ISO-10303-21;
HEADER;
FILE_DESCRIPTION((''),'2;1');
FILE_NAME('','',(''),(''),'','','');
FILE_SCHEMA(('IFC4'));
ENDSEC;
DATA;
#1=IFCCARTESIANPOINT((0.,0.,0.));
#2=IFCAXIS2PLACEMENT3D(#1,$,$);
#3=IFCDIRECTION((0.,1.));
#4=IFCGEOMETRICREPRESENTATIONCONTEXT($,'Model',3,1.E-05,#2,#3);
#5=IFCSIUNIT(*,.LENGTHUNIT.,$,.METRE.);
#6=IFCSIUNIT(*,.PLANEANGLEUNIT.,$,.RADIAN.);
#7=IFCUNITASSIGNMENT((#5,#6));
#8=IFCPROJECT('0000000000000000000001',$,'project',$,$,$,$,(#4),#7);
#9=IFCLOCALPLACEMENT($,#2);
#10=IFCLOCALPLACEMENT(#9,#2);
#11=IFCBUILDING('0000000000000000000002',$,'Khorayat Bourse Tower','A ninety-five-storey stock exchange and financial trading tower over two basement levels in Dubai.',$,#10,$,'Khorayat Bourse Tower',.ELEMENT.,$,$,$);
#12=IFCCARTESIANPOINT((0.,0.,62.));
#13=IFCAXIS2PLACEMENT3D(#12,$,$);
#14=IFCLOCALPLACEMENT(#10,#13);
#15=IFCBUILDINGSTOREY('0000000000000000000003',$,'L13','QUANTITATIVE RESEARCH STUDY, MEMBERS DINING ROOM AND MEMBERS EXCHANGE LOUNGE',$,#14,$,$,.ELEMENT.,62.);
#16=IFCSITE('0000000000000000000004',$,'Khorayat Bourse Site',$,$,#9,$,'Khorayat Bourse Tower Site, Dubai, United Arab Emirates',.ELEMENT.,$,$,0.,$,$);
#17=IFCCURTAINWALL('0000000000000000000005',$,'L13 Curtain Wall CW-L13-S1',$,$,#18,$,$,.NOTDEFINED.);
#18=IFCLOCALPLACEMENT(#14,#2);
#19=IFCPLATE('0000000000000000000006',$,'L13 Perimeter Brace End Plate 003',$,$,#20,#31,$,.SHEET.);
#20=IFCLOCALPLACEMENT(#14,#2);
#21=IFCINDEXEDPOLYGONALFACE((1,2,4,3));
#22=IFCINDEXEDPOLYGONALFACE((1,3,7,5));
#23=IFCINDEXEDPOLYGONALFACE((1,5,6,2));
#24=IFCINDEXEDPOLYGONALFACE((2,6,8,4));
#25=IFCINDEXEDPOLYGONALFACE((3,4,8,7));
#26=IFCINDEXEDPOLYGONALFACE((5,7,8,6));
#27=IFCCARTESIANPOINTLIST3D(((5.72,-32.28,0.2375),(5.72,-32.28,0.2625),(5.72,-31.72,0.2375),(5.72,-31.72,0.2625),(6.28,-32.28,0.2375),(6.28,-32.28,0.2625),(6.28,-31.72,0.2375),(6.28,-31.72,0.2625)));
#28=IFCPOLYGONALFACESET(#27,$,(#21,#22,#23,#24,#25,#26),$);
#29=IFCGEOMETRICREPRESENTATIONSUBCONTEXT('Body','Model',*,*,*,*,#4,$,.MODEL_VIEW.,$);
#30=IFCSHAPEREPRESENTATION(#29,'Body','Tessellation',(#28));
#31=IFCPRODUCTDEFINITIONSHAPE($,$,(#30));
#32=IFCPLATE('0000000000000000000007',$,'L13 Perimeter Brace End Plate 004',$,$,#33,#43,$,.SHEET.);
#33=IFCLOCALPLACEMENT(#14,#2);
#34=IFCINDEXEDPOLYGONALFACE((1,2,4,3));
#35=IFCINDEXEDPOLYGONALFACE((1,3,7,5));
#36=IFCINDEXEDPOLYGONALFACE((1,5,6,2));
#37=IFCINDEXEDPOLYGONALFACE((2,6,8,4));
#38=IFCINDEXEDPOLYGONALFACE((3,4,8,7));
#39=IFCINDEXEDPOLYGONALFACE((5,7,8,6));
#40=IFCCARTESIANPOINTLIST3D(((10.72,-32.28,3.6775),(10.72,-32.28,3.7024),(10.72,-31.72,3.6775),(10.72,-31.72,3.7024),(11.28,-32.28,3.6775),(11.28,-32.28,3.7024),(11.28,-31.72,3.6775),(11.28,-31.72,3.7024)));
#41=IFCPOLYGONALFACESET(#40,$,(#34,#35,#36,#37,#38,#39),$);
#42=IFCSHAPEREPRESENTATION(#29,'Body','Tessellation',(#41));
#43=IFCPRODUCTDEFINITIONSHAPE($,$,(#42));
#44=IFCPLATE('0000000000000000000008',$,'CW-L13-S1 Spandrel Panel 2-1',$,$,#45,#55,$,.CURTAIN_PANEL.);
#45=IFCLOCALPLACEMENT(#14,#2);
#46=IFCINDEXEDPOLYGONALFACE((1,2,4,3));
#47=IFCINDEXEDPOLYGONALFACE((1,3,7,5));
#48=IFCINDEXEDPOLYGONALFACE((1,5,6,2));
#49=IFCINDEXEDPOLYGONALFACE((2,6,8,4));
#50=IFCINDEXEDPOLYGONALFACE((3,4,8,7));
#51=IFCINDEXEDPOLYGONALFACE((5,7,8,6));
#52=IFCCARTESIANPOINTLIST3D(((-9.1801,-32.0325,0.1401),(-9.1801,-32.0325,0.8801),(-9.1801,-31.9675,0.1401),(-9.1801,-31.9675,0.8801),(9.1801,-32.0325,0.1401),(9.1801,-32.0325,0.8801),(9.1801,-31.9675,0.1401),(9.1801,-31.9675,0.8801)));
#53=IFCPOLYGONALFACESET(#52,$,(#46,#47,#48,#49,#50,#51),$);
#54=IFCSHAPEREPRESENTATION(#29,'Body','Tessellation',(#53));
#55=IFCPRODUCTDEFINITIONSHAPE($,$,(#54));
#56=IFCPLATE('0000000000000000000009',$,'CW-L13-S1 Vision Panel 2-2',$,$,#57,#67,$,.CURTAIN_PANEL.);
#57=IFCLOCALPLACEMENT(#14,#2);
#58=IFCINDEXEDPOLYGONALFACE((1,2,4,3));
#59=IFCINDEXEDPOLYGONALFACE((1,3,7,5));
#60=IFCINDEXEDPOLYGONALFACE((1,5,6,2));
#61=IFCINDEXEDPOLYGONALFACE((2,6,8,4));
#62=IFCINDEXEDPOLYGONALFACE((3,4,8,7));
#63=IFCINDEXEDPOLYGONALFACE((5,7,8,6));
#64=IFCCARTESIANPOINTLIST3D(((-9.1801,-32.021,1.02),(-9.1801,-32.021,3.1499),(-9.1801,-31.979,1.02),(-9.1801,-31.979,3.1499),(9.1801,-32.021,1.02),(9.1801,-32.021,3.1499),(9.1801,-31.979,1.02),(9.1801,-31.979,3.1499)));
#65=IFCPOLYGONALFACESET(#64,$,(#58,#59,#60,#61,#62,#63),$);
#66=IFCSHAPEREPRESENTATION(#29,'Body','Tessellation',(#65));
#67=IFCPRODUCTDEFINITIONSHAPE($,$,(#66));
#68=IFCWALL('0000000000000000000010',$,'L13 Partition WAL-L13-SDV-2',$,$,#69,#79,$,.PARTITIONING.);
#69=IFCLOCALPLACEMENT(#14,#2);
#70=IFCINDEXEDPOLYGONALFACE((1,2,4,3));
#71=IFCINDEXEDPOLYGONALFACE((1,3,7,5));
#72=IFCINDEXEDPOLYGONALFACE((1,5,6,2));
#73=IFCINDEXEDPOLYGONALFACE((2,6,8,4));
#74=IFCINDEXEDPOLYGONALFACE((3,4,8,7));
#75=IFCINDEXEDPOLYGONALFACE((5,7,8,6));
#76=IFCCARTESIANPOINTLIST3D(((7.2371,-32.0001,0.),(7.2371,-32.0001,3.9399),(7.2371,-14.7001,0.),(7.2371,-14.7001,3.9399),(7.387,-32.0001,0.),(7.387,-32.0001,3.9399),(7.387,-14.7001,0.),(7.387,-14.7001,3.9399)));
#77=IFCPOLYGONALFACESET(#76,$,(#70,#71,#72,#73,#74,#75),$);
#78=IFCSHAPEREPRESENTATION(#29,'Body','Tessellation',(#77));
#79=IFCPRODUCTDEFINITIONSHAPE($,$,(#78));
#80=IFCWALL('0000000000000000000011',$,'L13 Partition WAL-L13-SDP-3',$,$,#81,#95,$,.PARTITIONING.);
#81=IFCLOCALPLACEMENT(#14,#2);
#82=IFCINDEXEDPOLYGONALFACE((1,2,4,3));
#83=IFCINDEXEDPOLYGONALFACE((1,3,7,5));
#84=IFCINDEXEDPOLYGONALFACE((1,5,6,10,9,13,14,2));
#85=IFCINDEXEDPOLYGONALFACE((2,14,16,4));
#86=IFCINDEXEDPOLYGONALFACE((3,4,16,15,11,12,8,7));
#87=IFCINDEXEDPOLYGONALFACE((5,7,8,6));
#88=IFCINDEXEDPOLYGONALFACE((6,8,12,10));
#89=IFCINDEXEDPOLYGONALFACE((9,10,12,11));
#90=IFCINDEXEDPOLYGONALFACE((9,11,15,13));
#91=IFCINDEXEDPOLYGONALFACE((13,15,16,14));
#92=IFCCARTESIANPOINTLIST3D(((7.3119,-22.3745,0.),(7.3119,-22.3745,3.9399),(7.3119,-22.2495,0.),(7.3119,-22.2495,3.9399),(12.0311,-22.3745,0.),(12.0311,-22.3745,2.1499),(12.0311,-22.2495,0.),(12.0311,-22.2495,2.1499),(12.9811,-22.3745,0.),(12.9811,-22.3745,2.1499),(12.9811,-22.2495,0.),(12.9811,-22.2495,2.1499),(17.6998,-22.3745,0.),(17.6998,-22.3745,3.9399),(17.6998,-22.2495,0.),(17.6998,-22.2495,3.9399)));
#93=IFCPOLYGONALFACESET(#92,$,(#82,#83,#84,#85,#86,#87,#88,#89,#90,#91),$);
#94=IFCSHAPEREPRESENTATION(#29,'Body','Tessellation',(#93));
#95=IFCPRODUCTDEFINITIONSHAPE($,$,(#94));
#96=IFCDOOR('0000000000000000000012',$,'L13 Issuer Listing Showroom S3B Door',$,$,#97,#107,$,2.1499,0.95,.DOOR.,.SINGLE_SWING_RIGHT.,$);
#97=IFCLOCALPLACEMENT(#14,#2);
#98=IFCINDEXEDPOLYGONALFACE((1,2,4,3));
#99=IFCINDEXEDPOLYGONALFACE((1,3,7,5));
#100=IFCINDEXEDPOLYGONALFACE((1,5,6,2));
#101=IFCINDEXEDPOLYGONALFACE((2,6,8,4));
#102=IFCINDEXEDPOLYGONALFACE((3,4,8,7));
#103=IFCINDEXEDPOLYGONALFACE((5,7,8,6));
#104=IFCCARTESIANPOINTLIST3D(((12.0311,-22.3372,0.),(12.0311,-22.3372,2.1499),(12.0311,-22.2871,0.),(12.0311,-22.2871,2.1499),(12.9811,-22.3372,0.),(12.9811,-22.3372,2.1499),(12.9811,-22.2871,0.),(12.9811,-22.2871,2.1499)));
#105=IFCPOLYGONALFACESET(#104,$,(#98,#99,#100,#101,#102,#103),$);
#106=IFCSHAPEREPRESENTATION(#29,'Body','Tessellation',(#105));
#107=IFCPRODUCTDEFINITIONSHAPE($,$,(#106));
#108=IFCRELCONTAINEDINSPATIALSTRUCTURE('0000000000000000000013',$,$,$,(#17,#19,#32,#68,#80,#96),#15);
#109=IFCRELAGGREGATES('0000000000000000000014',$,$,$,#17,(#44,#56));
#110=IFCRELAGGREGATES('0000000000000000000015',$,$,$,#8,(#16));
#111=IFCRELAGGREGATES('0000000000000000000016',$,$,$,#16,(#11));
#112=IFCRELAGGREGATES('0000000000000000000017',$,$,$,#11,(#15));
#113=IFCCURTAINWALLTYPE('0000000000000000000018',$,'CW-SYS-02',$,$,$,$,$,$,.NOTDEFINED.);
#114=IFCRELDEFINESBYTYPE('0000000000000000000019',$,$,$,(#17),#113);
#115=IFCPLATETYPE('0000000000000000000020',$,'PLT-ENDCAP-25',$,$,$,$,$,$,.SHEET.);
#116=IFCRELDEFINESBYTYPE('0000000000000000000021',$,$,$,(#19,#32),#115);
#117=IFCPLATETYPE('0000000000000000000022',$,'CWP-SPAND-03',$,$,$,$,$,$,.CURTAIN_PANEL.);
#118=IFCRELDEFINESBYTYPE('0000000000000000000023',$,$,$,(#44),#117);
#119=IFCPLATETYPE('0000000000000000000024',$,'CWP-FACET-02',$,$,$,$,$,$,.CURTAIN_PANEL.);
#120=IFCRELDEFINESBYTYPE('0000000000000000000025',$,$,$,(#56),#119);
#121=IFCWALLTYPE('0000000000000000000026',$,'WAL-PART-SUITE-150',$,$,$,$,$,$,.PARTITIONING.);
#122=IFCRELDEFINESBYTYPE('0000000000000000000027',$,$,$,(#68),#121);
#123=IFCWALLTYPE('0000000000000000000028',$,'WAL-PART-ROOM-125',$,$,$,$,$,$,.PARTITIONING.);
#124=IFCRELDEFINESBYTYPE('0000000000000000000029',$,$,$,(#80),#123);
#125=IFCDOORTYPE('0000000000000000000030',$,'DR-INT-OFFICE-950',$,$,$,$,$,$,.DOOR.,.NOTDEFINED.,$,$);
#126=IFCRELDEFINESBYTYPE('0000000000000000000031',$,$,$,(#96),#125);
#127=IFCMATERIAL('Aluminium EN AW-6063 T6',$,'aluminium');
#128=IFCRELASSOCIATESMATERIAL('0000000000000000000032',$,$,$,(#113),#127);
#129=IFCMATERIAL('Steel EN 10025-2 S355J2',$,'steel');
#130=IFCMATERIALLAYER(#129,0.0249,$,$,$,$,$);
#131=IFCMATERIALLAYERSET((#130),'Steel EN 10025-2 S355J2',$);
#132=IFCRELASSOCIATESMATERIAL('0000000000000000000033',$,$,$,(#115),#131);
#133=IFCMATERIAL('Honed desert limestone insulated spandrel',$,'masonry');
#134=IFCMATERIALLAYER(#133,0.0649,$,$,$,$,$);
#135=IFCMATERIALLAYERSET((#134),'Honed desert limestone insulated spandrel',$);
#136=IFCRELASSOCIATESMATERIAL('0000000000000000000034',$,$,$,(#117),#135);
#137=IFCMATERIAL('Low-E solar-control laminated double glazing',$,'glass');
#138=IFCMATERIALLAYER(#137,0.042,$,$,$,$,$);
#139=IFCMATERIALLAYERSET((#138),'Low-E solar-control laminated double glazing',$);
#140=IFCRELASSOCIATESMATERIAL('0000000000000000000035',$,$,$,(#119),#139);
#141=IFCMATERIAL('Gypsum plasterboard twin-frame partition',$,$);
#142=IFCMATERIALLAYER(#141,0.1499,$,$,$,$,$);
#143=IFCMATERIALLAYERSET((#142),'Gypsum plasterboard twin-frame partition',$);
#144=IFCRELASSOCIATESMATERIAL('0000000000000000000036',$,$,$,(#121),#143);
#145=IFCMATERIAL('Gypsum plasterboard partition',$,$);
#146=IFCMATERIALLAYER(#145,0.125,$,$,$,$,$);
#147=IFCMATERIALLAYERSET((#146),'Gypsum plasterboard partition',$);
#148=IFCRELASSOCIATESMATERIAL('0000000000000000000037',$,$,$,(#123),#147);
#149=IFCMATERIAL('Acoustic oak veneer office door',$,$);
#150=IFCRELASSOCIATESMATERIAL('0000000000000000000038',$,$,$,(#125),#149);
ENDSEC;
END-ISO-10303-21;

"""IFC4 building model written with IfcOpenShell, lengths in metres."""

from ifc_helpers import new_model, si_unit, direction, frame, frame_2d, origin, origin_2d, place, context, subcontext, project, spatial, rectangle, extrude, source, transform, mapped, material, layer, layer_set, type_object, element, fill, aggregate, save


model = new_model("IFC4")

# Units and contexts
model_context = context("Model", 3, precision=1e-05, world=origin(), true_north=direction((0.0, 1.0)))
body_context = subcontext(model_context, "Body", "Model", "MODEL_VIEW")
ifc_project = project(units=[si_unit("LENGTHUNIT", "METRE"), si_unit("PLANEANGLEUNIT", "RADIAN")], contexts=[model_context])

# Site, building, storey
site_placement = place(None, origin())
site = spatial("IfcSite", under=ifc_project, at=site_placement, Name="Khorayat Bourse Site", LongName="Khorayat Bourse Tower Site, Dubai, United Arab Emirates", CompositionType="ELEMENT", RefElevation=0.0)
building_placement = place(site_placement, origin())
building = spatial("IfcBuilding", under=site, at=building_placement, Name="Khorayat Bourse Tower", Description="A ninety-five-storey stock exchange and financial trading tower over two basement levels in Dubai.", LongName="Khorayat Bourse Tower", CompositionType="ELEMENT")
storey_placement = place(building_placement, frame((0.0, 0.0, 62.0)))
storey = spatial("IfcBuildingStorey", under=building, at=storey_placement, Name="L13", Description="QUANTITATIVE RESEARCH STUDY, MEMBERS DINING ROOM AND MEMBERS EXCHANGE LOUNGE", CompositionType="ELEMENT", Elevation=62.0)

# Curtain wall
ifc_material_1 = material(Name="Aluminium EN AW-6063 T6", Category="aluminium")
curtain_wall_type = type_object("IfcCurtainWallType", Name="CW-SYS-02", PredefinedType="NOTDEFINED", material=ifc_material_1)
curtain_wall_placement = place(storey_placement, origin())
curtain_wall = element("IfcCurtainWall", 1, at=curtain_wall_placement, inside=storey, type_object=curtain_wall_type, Name="L13 Curtain Wall CW-L13-S1", PredefinedType="NOTDEFINED")

# Plates
ifc_material_2 = material(Name="Steel EN 10025-2 S355J2", Category="steel")
ifc_layer_1 = layer(ifc_material_2, 0.0249)
ifc_layer_set_1 = layer_set([ifc_layer_1], Name="Steel EN 10025-2 S355J2")
plate_type_1 = type_object("IfcPlateType", Name="PLT-ENDCAP-25", PredefinedType="SHEET", material=ifc_layer_set_1)
shared_shape_1 = source(origin(), body_context, "Body", "SweptSolid", [
    extrude(rectangle(XDim=0.5601, YDim=0.5601, at=origin_2d()), origin(), (0.0, 0.0, 1.0), 0.0249),
])
for number, where, z_axis, x_axis, name in (
    (2, (6.0, -32.0, 0.2375), (0.0, 0.0, 1.0), (1.0, 0.0, 0.0), "L13 Perimeter Brace End Plate 003"),
    (3, (11.0, -32.0, 3.6775), (0.0, 0.0, 1.0), (1.0, 0.0, 0.0), "L13 Perimeter Brace End Plate 004"),
):
    element("IfcPlate", number, at=place(storey_placement, frame(where, z_axis=z_axis, x_axis=x_axis)), inside=storey, type_object=plate_type_1, Name=name, PredefinedType="SHEET", context=body_context, shape_type="MappedRepresentation", body=[
        mapped(shared_shape_1, transform((0.0, 0.0, 0.0), scale=1.0)),
    ])

# Plates
ifc_material_3 = material(Name="Honed desert limestone insulated spandrel", Category="masonry")
ifc_layer_2 = layer(ifc_material_3, 0.0649)
ifc_layer_set_2 = layer_set([ifc_layer_2], Name="Honed desert limestone insulated spandrel")
plate_type_2 = type_object("IfcPlateType", Name="CWP-SPAND-03", PredefinedType="CURTAIN_PANEL", material=ifc_layer_set_2)
shared_shape_2 = source(origin(), body_context, "Body", "SweptSolid", [
    extrude(rectangle(XDim=18.3601, YDim=0.0649, at=origin_2d()), origin(), (0.0, 0.0, 1.0), 0.74),
])
plate_1_placement = place(storey_placement, frame((0.0, -32.0, 0.1401), z_axis=(0.0, 0.0, 1.0), x_axis=(1.0, 0.0, 0.0)))
plate_1 = element("IfcPlate", 4, at=plate_1_placement, type_object=plate_type_2, Name="CW-L13-S1 Spandrel Panel 2-1", PredefinedType="CURTAIN_PANEL", context=body_context, shape_type="MappedRepresentation", body=[
    mapped(shared_shape_2, transform((0.0, 0.0, 0.0), scale=1.0)),
])
ifc_material_4 = material(Name="Low-E solar-control laminated double glazing", Category="glass")
ifc_layer_3 = layer(ifc_material_4, 0.042)
ifc_layer_set_3 = layer_set([ifc_layer_3], Name="Low-E solar-control laminated double glazing")
plate_type_3 = type_object("IfcPlateType", Name="CWP-FACET-02", PredefinedType="CURTAIN_PANEL", material=ifc_layer_set_3)
shared_shape_3 = source(origin(), body_context, "Body", "SweptSolid", [
    extrude(rectangle(XDim=18.3601, YDim=0.042, at=origin_2d()), origin(), (0.0, 0.0, 1.0), 2.1299),
])
plate_2_placement = place(storey_placement, frame((0.0, -32.0, 1.02), z_axis=(0.0, 0.0, 1.0), x_axis=(1.0, 0.0, 0.0)))
plate_2 = element("IfcPlate", 5, at=plate_2_placement, type_object=plate_type_3, Name="CW-L13-S1 Vision Panel 2-2", PredefinedType="CURTAIN_PANEL", context=body_context, shape_type="MappedRepresentation", body=[
    mapped(shared_shape_3, transform((0.0, 0.0, 0.0), scale=1.0)),
])
aggregate(curtain_wall, [plate_1, plate_2])

# Wall
ifc_material_5 = material(Name="Gypsum plasterboard twin-frame partition")
ifc_layer_4 = layer(ifc_material_5, 0.1499)
ifc_layer_set_4 = layer_set([ifc_layer_4], Name="Gypsum plasterboard twin-frame partition")
wall_type_1 = type_object("IfcWallType", Name="WAL-PART-SUITE-150", PredefinedType="PARTITIONING", material=ifc_layer_set_4)
shared_shape_4 = source(origin(), body_context, "Body", "SweptSolid", [
    extrude(rectangle(XDim=17.3, YDim=0.1499, at=frame_2d((8.6499, 0.0))), origin(), (0.0, 0.0, 1.0), 3.9399),
])
wall_1_placement = place(storey_placement, frame((7.312, -32.0, 0.0), z_axis=(0.0, 0.0, 1.0), x_axis=(0.0, 1.0, 0.0)))
element("IfcWall", 6, at=wall_1_placement, inside=storey, type_object=wall_type_1, Name="L13 Partition WAL-L13-SDV-2", PredefinedType="PARTITIONING", context=body_context, shape_type="MappedRepresentation", body=[
    mapped(shared_shape_4, transform((0.0, 0.0, 0.0), scale=1.0)),
])

# Wall, opening, door
ifc_material_6 = material(Name="Gypsum plasterboard partition")
ifc_layer_5 = layer(ifc_material_6, 0.125)
ifc_layer_set_5 = layer_set([ifc_layer_5], Name="Gypsum plasterboard partition")
wall_type_2 = type_object("IfcWallType", Name="WAL-PART-ROOM-125", PredefinedType="PARTITIONING", material=ifc_layer_set_5)
shared_shape_5 = source(origin(), body_context, "Body", "SweptSolid", [
    extrude(rectangle(XDim=10.3879, YDim=0.125, at=frame_2d((5.1938, 0.0))), origin(), (0.0, 0.0, 1.0), 3.9399),
])
wall_2_placement = place(storey_placement, frame((7.312, -22.312, 0.0), z_axis=(0.0, 0.0, 1.0), x_axis=(1.0, 0.0, 0.0)))
wall_2 = element("IfcWall", 7, at=wall_2_placement, inside=storey, type_object=wall_type_2, Name="L13 Partition WAL-L13-SDP-3", PredefinedType="PARTITIONING", context=body_context, shape_type="MappedRepresentation", body=[
    mapped(shared_shape_5, transform((0.0, 0.0, 0.0), scale=1.0)),
])
shared_shape_6 = source(origin(), body_context, "Body", "SweptSolid", [
    extrude(rectangle(XDim=0.95, YDim=2.1499, at=frame_2d((0.4751, 1.075))), frame((0.0, 0.0725, 0.0), z_axis=(0.0, -1.0, 0.0), x_axis=(1.0, 0.0, 0.0)), (0.0, 0.0, 1.0), 0.145),
])
opening_placement = place(wall_2_placement, frame((4.719, 0.0, 0.0)))
opening = element("IfcOpeningElement", 8, at=opening_placement, cuts=wall_2, PredefinedType="OPENING", context=body_context, shape_type="MappedRepresentation", body=[
    mapped(shared_shape_6, transform((0.0, 0.0, 0.0), scale=1.0)),
])
ifc_material_7 = material(Name="Acoustic oak veneer office door")
door_type = type_object("IfcDoorType", Name="DR-INT-OFFICE-950", OperationType="NOTDEFINED", PredefinedType="DOOR", material=ifc_material_7)
shared_shape_7 = source(origin(), body_context, "Body", "SweptSolid", [
    extrude(rectangle(XDim=0.95, YDim=2.1499, at=frame_2d((0.4751, 1.075))), frame((0.0, 0.0249, 0.0), z_axis=(0.0, -1.0, 0.0), x_axis=(1.0, 0.0, 0.0)), (0.0, 0.0, 1.0), 0.05),
])
door_placement = place(opening_placement, origin())
door = element("IfcDoor", 9, at=door_placement, inside=storey, type_object=door_type, Name="L13 Issuer Listing Showroom S3B Door", OperationType="SINGLE_SWING_RIGHT", OverallHeight=2.1499, OverallWidth=0.95, PredefinedType="DOOR", context=body_context, shape_type="MappedRepresentation", body=[
    mapped(shared_shape_7, transform((0.0, 0.0, 0.0), scale=1.0)),
])
fill(opening, door)

save(model, "model.ifc")
